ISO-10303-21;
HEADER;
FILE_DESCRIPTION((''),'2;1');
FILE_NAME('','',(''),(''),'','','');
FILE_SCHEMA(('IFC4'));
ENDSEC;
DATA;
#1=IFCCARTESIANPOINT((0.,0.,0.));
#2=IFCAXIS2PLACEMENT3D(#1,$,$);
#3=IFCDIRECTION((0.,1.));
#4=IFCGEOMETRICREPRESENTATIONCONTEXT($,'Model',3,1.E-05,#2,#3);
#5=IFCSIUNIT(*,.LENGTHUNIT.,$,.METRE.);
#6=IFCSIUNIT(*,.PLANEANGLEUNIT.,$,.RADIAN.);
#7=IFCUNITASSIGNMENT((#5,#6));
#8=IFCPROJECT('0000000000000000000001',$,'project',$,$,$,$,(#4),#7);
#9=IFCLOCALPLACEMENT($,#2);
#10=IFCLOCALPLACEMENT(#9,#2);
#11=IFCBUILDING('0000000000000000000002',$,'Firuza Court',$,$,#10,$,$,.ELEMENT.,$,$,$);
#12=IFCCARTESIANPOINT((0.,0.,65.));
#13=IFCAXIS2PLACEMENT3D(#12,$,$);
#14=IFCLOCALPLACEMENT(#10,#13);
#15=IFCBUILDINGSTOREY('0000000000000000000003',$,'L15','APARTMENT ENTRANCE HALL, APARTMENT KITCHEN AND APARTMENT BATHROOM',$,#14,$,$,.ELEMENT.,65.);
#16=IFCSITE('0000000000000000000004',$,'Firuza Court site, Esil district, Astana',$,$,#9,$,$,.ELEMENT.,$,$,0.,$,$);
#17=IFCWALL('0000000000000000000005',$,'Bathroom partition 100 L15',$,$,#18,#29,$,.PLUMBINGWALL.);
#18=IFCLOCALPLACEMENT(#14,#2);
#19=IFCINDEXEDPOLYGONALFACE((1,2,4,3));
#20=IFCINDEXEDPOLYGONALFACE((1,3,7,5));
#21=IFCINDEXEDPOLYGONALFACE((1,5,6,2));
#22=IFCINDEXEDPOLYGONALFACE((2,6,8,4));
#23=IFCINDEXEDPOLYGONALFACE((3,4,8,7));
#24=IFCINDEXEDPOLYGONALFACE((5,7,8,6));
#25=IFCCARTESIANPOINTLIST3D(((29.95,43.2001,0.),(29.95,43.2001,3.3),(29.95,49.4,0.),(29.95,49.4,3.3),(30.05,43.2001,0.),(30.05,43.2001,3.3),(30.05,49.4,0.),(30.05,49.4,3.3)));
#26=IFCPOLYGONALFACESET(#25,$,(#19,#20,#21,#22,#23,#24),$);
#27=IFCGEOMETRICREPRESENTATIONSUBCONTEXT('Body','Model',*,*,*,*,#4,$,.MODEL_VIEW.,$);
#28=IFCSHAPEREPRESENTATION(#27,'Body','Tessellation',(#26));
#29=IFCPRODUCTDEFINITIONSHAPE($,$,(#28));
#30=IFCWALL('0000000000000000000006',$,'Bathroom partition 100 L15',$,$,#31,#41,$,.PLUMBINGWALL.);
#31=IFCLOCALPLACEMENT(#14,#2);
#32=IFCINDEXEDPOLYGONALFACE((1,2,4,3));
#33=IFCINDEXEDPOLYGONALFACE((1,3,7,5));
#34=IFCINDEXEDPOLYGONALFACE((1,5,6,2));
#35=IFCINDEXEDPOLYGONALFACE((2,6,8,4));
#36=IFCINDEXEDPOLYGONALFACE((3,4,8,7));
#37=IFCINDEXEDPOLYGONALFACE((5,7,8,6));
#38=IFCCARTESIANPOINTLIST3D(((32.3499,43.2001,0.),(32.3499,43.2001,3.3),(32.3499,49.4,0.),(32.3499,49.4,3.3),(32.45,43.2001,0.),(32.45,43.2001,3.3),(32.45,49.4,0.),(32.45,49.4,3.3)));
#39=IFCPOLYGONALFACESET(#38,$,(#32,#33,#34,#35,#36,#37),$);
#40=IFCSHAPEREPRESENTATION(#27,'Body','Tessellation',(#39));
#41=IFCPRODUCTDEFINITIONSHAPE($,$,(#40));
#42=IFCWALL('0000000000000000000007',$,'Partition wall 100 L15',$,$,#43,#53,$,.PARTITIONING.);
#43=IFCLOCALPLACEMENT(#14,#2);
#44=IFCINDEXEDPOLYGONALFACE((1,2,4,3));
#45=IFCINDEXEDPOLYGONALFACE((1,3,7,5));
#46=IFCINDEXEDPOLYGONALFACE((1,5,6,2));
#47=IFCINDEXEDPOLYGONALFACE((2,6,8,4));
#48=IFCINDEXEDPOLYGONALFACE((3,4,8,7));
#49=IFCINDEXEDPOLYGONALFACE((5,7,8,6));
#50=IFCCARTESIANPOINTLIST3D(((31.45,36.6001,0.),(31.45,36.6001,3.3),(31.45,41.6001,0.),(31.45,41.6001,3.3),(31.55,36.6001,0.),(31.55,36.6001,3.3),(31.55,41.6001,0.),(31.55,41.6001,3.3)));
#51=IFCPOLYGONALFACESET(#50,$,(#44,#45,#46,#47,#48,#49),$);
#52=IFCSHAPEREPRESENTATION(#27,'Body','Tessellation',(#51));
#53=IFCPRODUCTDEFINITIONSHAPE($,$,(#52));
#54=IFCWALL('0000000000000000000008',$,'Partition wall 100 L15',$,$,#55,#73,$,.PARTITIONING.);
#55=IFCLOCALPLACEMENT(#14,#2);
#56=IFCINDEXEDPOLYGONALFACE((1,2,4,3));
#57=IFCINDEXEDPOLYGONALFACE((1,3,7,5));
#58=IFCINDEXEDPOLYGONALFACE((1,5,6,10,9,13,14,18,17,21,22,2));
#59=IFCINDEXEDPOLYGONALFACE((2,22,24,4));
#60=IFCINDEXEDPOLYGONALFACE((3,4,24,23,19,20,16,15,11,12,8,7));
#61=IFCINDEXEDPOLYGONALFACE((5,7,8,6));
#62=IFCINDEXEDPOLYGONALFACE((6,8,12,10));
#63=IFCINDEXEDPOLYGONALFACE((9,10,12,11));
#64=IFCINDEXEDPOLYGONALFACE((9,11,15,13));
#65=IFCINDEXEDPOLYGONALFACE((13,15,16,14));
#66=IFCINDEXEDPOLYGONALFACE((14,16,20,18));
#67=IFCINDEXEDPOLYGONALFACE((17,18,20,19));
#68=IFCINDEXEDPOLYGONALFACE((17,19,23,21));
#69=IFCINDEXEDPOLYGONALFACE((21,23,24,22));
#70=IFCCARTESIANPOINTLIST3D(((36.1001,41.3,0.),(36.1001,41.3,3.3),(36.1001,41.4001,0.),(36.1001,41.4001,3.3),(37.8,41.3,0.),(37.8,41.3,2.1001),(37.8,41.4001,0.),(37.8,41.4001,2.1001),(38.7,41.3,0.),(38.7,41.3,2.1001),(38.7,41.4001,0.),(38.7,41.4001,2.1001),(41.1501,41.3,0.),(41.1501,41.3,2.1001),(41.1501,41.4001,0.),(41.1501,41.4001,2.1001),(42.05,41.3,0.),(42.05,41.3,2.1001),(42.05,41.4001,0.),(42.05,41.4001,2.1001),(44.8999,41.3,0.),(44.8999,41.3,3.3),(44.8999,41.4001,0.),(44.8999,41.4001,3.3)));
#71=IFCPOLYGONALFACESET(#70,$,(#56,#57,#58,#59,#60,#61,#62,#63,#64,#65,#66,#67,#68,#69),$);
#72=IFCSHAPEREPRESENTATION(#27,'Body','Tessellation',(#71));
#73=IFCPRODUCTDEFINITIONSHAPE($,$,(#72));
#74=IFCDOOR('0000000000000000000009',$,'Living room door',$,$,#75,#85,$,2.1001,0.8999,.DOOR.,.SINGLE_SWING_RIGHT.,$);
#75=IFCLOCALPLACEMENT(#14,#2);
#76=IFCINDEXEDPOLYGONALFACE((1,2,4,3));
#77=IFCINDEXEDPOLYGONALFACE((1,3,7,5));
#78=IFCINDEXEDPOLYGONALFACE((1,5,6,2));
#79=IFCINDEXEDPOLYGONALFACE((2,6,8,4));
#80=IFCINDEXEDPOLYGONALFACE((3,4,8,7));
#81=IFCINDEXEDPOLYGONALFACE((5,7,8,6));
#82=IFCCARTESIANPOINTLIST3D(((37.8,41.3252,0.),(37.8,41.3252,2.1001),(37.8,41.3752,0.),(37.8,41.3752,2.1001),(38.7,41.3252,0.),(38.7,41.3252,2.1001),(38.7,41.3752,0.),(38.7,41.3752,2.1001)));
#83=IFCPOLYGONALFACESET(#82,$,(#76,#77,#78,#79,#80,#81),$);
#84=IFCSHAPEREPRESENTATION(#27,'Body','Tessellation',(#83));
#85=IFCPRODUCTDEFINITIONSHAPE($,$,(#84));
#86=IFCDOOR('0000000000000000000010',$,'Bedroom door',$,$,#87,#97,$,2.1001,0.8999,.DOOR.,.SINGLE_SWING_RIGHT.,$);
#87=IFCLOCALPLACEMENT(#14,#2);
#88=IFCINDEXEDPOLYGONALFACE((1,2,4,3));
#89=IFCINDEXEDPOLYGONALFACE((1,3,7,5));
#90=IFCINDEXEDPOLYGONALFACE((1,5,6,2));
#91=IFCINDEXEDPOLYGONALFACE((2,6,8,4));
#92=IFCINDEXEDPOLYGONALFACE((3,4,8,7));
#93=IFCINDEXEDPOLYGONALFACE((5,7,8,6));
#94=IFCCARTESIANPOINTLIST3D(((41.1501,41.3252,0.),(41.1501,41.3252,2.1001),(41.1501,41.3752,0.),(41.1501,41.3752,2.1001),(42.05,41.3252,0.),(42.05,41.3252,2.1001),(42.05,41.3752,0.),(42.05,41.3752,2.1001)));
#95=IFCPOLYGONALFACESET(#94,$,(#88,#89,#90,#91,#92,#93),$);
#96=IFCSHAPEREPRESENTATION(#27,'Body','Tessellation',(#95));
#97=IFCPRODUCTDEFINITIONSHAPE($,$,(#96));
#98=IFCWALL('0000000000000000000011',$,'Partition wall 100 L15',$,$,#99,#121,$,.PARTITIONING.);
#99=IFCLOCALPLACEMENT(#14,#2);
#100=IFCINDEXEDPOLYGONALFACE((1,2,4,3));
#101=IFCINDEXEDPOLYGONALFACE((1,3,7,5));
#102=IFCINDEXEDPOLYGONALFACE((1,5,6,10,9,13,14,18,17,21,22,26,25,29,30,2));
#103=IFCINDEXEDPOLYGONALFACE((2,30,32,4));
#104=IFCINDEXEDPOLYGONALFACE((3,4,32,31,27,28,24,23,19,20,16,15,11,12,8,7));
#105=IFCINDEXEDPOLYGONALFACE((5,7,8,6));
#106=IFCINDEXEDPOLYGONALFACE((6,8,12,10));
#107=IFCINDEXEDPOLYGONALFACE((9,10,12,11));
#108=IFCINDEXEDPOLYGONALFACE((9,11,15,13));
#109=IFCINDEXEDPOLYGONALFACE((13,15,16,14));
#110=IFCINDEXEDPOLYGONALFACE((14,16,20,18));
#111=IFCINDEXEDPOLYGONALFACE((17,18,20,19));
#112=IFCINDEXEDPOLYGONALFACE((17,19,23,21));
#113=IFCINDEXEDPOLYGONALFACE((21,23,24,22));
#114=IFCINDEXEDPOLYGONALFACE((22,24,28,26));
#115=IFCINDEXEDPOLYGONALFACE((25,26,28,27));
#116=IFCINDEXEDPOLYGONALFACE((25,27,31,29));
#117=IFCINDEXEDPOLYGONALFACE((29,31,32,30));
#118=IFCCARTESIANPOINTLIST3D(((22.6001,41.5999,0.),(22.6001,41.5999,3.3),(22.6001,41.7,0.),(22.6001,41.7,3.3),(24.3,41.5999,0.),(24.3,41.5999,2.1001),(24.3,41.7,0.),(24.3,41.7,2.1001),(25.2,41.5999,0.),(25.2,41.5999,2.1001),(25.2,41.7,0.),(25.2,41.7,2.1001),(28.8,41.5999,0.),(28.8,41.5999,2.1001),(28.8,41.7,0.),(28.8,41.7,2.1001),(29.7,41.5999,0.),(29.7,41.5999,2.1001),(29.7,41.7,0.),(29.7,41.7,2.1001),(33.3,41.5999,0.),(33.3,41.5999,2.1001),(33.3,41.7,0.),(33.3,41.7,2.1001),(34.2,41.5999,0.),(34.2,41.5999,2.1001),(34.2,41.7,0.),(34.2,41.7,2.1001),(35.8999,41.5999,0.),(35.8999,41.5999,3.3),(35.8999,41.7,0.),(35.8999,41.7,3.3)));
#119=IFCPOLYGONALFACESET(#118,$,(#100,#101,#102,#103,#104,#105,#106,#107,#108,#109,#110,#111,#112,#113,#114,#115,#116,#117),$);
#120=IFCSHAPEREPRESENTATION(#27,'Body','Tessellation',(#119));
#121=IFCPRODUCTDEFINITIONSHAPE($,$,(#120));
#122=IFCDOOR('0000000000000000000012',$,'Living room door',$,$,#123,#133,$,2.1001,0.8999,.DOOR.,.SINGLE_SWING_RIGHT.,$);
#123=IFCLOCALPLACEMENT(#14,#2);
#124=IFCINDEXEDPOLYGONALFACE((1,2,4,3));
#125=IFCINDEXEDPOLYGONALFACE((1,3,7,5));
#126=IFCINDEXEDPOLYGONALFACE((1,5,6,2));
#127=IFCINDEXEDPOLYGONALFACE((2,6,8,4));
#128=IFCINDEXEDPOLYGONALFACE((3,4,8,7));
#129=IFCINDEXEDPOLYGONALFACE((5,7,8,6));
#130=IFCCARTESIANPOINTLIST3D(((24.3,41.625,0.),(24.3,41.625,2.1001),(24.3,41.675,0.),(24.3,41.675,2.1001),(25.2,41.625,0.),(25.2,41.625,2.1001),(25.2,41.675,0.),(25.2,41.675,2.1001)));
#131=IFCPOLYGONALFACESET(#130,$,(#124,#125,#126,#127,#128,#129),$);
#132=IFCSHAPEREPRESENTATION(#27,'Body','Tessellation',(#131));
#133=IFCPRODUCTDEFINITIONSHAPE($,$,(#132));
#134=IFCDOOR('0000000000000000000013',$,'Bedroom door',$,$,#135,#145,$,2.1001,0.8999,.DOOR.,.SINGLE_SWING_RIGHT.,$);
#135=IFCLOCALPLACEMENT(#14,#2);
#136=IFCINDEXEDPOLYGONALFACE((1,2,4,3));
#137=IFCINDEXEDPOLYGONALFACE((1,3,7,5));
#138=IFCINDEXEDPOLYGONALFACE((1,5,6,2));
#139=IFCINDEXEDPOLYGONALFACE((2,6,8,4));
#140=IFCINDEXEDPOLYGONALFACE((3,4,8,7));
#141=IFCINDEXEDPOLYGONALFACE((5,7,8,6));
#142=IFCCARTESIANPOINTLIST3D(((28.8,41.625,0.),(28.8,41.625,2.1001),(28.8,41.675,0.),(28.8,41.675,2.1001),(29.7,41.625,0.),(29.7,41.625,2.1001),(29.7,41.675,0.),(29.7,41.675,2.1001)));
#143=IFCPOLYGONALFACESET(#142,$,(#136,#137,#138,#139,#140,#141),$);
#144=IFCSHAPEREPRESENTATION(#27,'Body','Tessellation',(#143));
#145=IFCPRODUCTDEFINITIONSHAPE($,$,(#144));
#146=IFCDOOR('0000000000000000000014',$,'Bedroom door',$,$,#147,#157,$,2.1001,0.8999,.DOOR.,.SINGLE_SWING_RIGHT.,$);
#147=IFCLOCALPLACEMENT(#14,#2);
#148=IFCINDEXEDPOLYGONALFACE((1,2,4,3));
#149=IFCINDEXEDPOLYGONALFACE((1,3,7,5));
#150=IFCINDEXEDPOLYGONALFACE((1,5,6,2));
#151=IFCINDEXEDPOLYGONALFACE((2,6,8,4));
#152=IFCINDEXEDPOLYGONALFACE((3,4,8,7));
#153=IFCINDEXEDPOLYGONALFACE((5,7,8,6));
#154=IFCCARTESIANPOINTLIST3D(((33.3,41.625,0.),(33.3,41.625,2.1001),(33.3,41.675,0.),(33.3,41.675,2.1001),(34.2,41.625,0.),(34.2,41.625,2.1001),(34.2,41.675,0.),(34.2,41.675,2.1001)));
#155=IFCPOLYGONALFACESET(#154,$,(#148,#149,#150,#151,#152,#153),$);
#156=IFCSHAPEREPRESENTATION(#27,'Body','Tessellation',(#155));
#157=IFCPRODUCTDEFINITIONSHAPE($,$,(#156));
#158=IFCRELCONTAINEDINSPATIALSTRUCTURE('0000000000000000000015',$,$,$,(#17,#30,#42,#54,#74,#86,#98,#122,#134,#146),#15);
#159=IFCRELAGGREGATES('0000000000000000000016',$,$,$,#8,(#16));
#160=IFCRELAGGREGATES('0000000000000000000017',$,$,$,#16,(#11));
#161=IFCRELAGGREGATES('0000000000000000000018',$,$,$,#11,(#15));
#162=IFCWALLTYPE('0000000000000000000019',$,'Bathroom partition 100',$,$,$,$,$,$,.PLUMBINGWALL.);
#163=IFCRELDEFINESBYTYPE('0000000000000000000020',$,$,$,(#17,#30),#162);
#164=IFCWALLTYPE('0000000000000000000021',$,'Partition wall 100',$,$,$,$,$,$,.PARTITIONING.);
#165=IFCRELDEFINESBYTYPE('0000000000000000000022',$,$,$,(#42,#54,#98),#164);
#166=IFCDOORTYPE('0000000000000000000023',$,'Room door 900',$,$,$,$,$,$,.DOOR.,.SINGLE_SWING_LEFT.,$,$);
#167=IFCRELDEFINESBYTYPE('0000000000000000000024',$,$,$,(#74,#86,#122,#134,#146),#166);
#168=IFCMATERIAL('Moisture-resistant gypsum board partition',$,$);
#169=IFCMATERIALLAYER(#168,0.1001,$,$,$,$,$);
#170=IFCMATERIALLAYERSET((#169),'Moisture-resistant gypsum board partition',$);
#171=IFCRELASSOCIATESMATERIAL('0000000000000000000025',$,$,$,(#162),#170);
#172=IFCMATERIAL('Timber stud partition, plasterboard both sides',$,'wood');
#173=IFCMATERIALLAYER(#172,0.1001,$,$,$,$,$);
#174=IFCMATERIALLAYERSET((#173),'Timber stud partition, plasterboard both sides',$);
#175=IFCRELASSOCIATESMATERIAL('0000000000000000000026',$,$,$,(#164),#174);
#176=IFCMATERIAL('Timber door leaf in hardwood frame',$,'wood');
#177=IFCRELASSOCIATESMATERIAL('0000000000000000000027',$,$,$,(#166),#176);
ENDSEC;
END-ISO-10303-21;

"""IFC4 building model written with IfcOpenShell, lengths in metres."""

from ifc_helpers import new_model, si_unit, direction, frame, frame_2d, origin, place, context, subcontext, project, spatial, rectangle, extrude, material, layer, layer_set, type_object, element, fill, save


model = new_model("IFC4")

# Units and contexts
model_context = context("Model", 3, precision=1e-05, world=origin(), true_north=direction((0.0, 1.0)))
body_context = subcontext(model_context, "Body", "Model", "MODEL_VIEW")
ifc_project = project(units=[si_unit("LENGTHUNIT", "METRE"), si_unit("PLANEANGLEUNIT", "RADIAN")], contexts=[model_context])

# Site, building, storey
site_placement = place(None, origin())
site = spatial("IfcSite", under=ifc_project, at=site_placement, Name="Firuza Court site, Esil district, Astana", CompositionType="ELEMENT", RefElevation=0.0)
building_placement = place(site_placement, origin())
building = spatial("IfcBuilding", under=site, at=building_placement, Name="Firuza Court", CompositionType="ELEMENT")
storey_placement = place(building_placement, frame((0.0, 0.0, 65.0)))
storey = spatial("IfcBuildingStorey", under=building, at=storey_placement, Name="L15", Description="APARTMENT ENTRANCE HALL, APARTMENT KITCHEN AND APARTMENT BATHROOM", CompositionType="ELEMENT", Elevation=65.0)

# Walls
ifc_material_1 = material(Name="Moisture-resistant gypsum board partition")
ifc_layer_1 = layer(ifc_material_1, 0.1001)
ifc_layer_set_1 = layer_set([ifc_layer_1], Name="Moisture-resistant gypsum board partition")
wall_type_1 = type_object("IfcWallType", Name="Bathroom partition 100", PredefinedType="PLUMBINGWALL", material=ifc_layer_set_1)
for number, where, z_axis, x_axis, name in (
    (1, (30.0, 43.2, 0.0), (0.0, 0.0, 1.0), (0.0, 1.0, 0.0), "Bathroom partition 100 L15"),
    (2, (32.3999, 43.2, 0.0), (0.0, 0.0, 1.0), (0.0, 1.0, 0.0), "Bathroom partition 100 L15"),
):
    element("IfcWall", number, at=place(storey_placement, frame(where, z_axis=z_axis, x_axis=x_axis)), inside=storey, type_object=wall_type_1, Name=name, PredefinedType="PLUMBINGWALL", context=body_context, shape_type="SweptSolid", body=[
        extrude(rectangle(XDim=6.2, YDim=0.1001, at=frame_2d((3.1001, 0.0))), origin(), (0.0, 0.0, 1.0), 3.3),
    ])
ifc_material_2 = material(Name="Timber stud partition, plasterboard both sides", Category="wood")
ifc_layer_2 = layer(ifc_material_2, 0.1001)
ifc_layer_set_2 = layer_set([ifc_layer_2], Name="Timber stud partition, plasterboard both sides")
wall_type_2 = type_object("IfcWallType", Name="Partition wall 100", PredefinedType="PARTITIONING", material=ifc_layer_set_2)
wall_1_placement = place(storey_placement, frame((31.5, 36.6001, 0.0), z_axis=(0.0, 0.0, 1.0), x_axis=(0.0, 1.0, 0.0)))
element("IfcWall", 3, at=wall_1_placement, inside=storey, type_object=wall_type_2, Name="Partition wall 100 L15", PredefinedType="PARTITIONING", context=body_context, shape_type="SweptSolid", body=[
    extrude(rectangle(XDim=5.0, YDim=0.1001, at=frame_2d((2.5, 0.0))), origin(), (0.0, 0.0, 1.0), 3.3),
])

# Walls, openings, doors
wall_2_placement = place(storey_placement, frame((36.1001, 41.3501, 0.0), z_axis=(0.0, 0.0, 1.0), x_axis=(1.0, 0.0, 0.0)))
wall_2 = element("IfcWall", 4, at=wall_2_placement, inside=storey, type_object=wall_type_2, Name="Partition wall 100 L15", PredefinedType="PARTITIONING", context=body_context, shape_type="SweptSolid", body=[
    extrude(rectangle(XDim=8.7998, YDim=0.1001, at=frame_2d((4.3999, 0.0))), origin(), (0.0, 0.0, 1.0), 3.3),
])
opening_1_placement = place(wall_2_placement, frame((1.7, 0.0, 0.0)))
opening_1 = element("IfcOpeningElement", 5, at=opening_1_placement, cuts=wall_2, PredefinedType="OPENING", context=body_context, shape_type="SweptSolid", body=[
    extrude(rectangle(XDim=0.8999, YDim=2.1001, at=frame_2d((0.45, 1.05))), frame((0.0, 0.062, 0.0), z_axis=(0.0, -1.0, 0.0), x_axis=(1.0, 0.0, 0.0)), (0.0, 0.0, 1.0), 0.124),
])
opening_2_placement = place(wall_2_placement, frame((5.05, 0.0, 0.0)))
opening_2 = element("IfcOpeningElement", 6, at=opening_2_placement, cuts=wall_2, PredefinedType="OPENING", context=body_context, shape_type="SweptSolid", body=[
    extrude(rectangle(XDim=0.8999, YDim=2.1001, at=frame_2d((0.45, 1.05))), frame((0.0, 0.062, 0.0), z_axis=(0.0, -1.0, 0.0), x_axis=(1.0, 0.0, 0.0)), (0.0, 0.0, 1.0), 0.124),
])
ifc_material_3 = material(Name="Timber door leaf in hardwood frame", Category="wood")
door_type_1 = type_object("IfcDoorType", Name="Room door 900", OperationType="SINGLE_SWING_LEFT", PredefinedType="DOOR", material=ifc_material_3)
door_1_placement = place(opening_1_placement, frame((0.8999, 0.0, 0.0), z_axis=(0.0, 0.0, 1.0), x_axis=(-1.0, 0.0, 0.0)))
door_1 = element("IfcDoor", 7, at=door_1_placement, inside=storey, type_object=door_type_1, Name="Living room door", OperationType="SINGLE_SWING_RIGHT", OverallHeight=2.1001, OverallWidth=0.8999, PredefinedType="DOOR", context=body_context, shape_type="SweptSolid", body=[
    extrude(rectangle(XDim=0.8999, YDim=2.1001, at=frame_2d((0.45, 1.05))), frame((0.0, 0.0249, 0.0), z_axis=(0.0, -1.0, 0.0), x_axis=(1.0, 0.0, 0.0)), (0.0, 0.0, 1.0), 0.05),
])
fill(opening_1, door_1)
door_2_placement = place(opening_2_placement, frame((0.8999, 0.0, 0.0), z_axis=(0.0, 0.0, 1.0), x_axis=(-1.0, 0.0, 0.0)))
door_2 = element("IfcDoor", 8, at=door_2_placement, inside=storey, type_object=door_type_1, Name="Bedroom door", OperationType="SINGLE_SWING_RIGHT", OverallHeight=2.1001, OverallWidth=0.8999, PredefinedType="DOOR", context=body_context, shape_type="SweptSolid", body=[
    extrude(rectangle(XDim=0.8999, YDim=2.1001, at=frame_2d((0.45, 1.05))), frame((0.0, 0.0249, 0.0), z_axis=(0.0, -1.0, 0.0), x_axis=(1.0, 0.0, 0.0)), (0.0, 0.0, 1.0), 0.05),
])
fill(opening_2, door_2)
wall_3_placement = place(storey_placement, frame((22.6001, 41.6499, 0.0), z_axis=(0.0, 0.0, 1.0), x_axis=(1.0, 0.0, 0.0)))
wall_3 = element("IfcWall", 9, at=wall_3_placement, inside=storey, type_object=wall_type_2, Name="Partition wall 100 L15", PredefinedType="PARTITIONING", context=body_context, shape_type="SweptSolid", body=[
    extrude(rectangle(XDim=13.2998, YDim=0.1001, at=frame_2d((6.6499, 0.0))), origin(), (0.0, 0.0, 1.0), 3.3),
])
opening_3_placement = place(wall_3_placement, frame((1.7, 0.0, 0.0)))
opening_3 = element("IfcOpeningElement", 10, at=opening_3_placement, cuts=wall_3, PredefinedType="OPENING", context=body_context, shape_type="SweptSolid", body=[
    extrude(rectangle(XDim=0.8999, YDim=2.1001, at=frame_2d((0.45, 1.05))), frame((0.0, 0.062, 0.0), z_axis=(0.0, -1.0, 0.0), x_axis=(1.0, 0.0, 0.0)), (0.0, 0.0, 1.0), 0.124),
])
opening_4_placement = place(wall_3_placement, frame((6.2, 0.0, 0.0)))
opening_4 = element("IfcOpeningElement", 11, at=opening_4_placement, cuts=wall_3, PredefinedType="OPENING", context=body_context, shape_type="SweptSolid", body=[
    extrude(rectangle(XDim=0.8999, YDim=2.1001, at=frame_2d((0.45, 1.05))), frame((0.0, 0.062, 0.0), z_axis=(0.0, -1.0, 0.0), x_axis=(1.0, 0.0, 0.0)), (0.0, 0.0, 1.0), 0.124),
])
opening_5_placement = place(wall_3_placement, frame((10.7, 0.0, 0.0)))
opening_5 = element("IfcOpeningElement", 12, at=opening_5_placement, cuts=wall_3, PredefinedType="OPENING", context=body_context, shape_type="SweptSolid", body=[
    extrude(rectangle(XDim=0.8999, YDim=2.1001, at=frame_2d((0.45, 1.05))), frame((0.0, 0.062, 0.0), z_axis=(0.0, -1.0, 0.0), x_axis=(1.0, 0.0, 0.0)), (0.0, 0.0, 1.0), 0.124),
])
door_3_placement = place(opening_3_placement, frame((0.8999, 0.0, 0.0), z_axis=(0.0, 0.0, 1.0), x_axis=(-1.0, 0.0, 0.0)))
door_3 = element("IfcDoor", 13, at=door_3_placement, inside=storey, type_object=door_type_1, Name="Living room door", OperationType="SINGLE_SWING_RIGHT", OverallHeight=2.1001, OverallWidth=0.8999, PredefinedType="DOOR", context=body_context, shape_type="SweptSolid", body=[
    extrude(rectangle(XDim=0.8999, YDim=2.1001, at=frame_2d((0.45, 1.05))), frame((0.0, 0.0249, 0.0), z_axis=(0.0, -1.0, 0.0), x_axis=(1.0, 0.0, 0.0)), (0.0, 0.0, 1.0), 0.05),
])
fill(opening_3, door_3)
door_4_placement = place(opening_4_placement, frame((0.8999, 0.0, 0.0), z_axis=(0.0, 0.0, 1.0), x_axis=(-1.0, 0.0, 0.0)))
door_4 = element("IfcDoor", 14, at=door_4_placement, inside=storey, type_object=door_type_1, Name="Bedroom door", OperationType="SINGLE_SWING_RIGHT", OverallHeight=2.1001, OverallWidth=0.8999, PredefinedType="DOOR", context=body_context, shape_type="SweptSolid", body=[
    extrude(rectangle(XDim=0.8999, YDim=2.1001, at=frame_2d((0.45, 1.05))), frame((0.0, 0.0249, 0.0), z_axis=(0.0, -1.0, 0.0), x_axis=(1.0, 0.0, 0.0)), (0.0, 0.0, 1.0), 0.05),
])
fill(opening_4, door_4)
door_5_placement = place(opening_5_placement, frame((0.8999, 0.0, 0.0), z_axis=(0.0, 0.0, 1.0), x_axis=(-1.0, 0.0, 0.0)))
door_5 = element("IfcDoor", 15, at=door_5_placement, inside=storey, type_object=door_type_1, Name="Bedroom door", OperationType="SINGLE_SWING_RIGHT", OverallHeight=2.1001, OverallWidth=0.8999, PredefinedType="DOOR", context=body_context, shape_type="SweptSolid", body=[
    extrude(rectangle(XDim=0.8999, YDim=2.1001, at=frame_2d((0.45, 1.05))), frame((0.0, 0.0249, 0.0), z_axis=(0.0, -1.0, 0.0), x_axis=(1.0, 0.0, 0.0)), (0.0, 0.0, 1.0), 0.05),
])
fill(opening_5, door_5)

save(model, "model.ifc")
